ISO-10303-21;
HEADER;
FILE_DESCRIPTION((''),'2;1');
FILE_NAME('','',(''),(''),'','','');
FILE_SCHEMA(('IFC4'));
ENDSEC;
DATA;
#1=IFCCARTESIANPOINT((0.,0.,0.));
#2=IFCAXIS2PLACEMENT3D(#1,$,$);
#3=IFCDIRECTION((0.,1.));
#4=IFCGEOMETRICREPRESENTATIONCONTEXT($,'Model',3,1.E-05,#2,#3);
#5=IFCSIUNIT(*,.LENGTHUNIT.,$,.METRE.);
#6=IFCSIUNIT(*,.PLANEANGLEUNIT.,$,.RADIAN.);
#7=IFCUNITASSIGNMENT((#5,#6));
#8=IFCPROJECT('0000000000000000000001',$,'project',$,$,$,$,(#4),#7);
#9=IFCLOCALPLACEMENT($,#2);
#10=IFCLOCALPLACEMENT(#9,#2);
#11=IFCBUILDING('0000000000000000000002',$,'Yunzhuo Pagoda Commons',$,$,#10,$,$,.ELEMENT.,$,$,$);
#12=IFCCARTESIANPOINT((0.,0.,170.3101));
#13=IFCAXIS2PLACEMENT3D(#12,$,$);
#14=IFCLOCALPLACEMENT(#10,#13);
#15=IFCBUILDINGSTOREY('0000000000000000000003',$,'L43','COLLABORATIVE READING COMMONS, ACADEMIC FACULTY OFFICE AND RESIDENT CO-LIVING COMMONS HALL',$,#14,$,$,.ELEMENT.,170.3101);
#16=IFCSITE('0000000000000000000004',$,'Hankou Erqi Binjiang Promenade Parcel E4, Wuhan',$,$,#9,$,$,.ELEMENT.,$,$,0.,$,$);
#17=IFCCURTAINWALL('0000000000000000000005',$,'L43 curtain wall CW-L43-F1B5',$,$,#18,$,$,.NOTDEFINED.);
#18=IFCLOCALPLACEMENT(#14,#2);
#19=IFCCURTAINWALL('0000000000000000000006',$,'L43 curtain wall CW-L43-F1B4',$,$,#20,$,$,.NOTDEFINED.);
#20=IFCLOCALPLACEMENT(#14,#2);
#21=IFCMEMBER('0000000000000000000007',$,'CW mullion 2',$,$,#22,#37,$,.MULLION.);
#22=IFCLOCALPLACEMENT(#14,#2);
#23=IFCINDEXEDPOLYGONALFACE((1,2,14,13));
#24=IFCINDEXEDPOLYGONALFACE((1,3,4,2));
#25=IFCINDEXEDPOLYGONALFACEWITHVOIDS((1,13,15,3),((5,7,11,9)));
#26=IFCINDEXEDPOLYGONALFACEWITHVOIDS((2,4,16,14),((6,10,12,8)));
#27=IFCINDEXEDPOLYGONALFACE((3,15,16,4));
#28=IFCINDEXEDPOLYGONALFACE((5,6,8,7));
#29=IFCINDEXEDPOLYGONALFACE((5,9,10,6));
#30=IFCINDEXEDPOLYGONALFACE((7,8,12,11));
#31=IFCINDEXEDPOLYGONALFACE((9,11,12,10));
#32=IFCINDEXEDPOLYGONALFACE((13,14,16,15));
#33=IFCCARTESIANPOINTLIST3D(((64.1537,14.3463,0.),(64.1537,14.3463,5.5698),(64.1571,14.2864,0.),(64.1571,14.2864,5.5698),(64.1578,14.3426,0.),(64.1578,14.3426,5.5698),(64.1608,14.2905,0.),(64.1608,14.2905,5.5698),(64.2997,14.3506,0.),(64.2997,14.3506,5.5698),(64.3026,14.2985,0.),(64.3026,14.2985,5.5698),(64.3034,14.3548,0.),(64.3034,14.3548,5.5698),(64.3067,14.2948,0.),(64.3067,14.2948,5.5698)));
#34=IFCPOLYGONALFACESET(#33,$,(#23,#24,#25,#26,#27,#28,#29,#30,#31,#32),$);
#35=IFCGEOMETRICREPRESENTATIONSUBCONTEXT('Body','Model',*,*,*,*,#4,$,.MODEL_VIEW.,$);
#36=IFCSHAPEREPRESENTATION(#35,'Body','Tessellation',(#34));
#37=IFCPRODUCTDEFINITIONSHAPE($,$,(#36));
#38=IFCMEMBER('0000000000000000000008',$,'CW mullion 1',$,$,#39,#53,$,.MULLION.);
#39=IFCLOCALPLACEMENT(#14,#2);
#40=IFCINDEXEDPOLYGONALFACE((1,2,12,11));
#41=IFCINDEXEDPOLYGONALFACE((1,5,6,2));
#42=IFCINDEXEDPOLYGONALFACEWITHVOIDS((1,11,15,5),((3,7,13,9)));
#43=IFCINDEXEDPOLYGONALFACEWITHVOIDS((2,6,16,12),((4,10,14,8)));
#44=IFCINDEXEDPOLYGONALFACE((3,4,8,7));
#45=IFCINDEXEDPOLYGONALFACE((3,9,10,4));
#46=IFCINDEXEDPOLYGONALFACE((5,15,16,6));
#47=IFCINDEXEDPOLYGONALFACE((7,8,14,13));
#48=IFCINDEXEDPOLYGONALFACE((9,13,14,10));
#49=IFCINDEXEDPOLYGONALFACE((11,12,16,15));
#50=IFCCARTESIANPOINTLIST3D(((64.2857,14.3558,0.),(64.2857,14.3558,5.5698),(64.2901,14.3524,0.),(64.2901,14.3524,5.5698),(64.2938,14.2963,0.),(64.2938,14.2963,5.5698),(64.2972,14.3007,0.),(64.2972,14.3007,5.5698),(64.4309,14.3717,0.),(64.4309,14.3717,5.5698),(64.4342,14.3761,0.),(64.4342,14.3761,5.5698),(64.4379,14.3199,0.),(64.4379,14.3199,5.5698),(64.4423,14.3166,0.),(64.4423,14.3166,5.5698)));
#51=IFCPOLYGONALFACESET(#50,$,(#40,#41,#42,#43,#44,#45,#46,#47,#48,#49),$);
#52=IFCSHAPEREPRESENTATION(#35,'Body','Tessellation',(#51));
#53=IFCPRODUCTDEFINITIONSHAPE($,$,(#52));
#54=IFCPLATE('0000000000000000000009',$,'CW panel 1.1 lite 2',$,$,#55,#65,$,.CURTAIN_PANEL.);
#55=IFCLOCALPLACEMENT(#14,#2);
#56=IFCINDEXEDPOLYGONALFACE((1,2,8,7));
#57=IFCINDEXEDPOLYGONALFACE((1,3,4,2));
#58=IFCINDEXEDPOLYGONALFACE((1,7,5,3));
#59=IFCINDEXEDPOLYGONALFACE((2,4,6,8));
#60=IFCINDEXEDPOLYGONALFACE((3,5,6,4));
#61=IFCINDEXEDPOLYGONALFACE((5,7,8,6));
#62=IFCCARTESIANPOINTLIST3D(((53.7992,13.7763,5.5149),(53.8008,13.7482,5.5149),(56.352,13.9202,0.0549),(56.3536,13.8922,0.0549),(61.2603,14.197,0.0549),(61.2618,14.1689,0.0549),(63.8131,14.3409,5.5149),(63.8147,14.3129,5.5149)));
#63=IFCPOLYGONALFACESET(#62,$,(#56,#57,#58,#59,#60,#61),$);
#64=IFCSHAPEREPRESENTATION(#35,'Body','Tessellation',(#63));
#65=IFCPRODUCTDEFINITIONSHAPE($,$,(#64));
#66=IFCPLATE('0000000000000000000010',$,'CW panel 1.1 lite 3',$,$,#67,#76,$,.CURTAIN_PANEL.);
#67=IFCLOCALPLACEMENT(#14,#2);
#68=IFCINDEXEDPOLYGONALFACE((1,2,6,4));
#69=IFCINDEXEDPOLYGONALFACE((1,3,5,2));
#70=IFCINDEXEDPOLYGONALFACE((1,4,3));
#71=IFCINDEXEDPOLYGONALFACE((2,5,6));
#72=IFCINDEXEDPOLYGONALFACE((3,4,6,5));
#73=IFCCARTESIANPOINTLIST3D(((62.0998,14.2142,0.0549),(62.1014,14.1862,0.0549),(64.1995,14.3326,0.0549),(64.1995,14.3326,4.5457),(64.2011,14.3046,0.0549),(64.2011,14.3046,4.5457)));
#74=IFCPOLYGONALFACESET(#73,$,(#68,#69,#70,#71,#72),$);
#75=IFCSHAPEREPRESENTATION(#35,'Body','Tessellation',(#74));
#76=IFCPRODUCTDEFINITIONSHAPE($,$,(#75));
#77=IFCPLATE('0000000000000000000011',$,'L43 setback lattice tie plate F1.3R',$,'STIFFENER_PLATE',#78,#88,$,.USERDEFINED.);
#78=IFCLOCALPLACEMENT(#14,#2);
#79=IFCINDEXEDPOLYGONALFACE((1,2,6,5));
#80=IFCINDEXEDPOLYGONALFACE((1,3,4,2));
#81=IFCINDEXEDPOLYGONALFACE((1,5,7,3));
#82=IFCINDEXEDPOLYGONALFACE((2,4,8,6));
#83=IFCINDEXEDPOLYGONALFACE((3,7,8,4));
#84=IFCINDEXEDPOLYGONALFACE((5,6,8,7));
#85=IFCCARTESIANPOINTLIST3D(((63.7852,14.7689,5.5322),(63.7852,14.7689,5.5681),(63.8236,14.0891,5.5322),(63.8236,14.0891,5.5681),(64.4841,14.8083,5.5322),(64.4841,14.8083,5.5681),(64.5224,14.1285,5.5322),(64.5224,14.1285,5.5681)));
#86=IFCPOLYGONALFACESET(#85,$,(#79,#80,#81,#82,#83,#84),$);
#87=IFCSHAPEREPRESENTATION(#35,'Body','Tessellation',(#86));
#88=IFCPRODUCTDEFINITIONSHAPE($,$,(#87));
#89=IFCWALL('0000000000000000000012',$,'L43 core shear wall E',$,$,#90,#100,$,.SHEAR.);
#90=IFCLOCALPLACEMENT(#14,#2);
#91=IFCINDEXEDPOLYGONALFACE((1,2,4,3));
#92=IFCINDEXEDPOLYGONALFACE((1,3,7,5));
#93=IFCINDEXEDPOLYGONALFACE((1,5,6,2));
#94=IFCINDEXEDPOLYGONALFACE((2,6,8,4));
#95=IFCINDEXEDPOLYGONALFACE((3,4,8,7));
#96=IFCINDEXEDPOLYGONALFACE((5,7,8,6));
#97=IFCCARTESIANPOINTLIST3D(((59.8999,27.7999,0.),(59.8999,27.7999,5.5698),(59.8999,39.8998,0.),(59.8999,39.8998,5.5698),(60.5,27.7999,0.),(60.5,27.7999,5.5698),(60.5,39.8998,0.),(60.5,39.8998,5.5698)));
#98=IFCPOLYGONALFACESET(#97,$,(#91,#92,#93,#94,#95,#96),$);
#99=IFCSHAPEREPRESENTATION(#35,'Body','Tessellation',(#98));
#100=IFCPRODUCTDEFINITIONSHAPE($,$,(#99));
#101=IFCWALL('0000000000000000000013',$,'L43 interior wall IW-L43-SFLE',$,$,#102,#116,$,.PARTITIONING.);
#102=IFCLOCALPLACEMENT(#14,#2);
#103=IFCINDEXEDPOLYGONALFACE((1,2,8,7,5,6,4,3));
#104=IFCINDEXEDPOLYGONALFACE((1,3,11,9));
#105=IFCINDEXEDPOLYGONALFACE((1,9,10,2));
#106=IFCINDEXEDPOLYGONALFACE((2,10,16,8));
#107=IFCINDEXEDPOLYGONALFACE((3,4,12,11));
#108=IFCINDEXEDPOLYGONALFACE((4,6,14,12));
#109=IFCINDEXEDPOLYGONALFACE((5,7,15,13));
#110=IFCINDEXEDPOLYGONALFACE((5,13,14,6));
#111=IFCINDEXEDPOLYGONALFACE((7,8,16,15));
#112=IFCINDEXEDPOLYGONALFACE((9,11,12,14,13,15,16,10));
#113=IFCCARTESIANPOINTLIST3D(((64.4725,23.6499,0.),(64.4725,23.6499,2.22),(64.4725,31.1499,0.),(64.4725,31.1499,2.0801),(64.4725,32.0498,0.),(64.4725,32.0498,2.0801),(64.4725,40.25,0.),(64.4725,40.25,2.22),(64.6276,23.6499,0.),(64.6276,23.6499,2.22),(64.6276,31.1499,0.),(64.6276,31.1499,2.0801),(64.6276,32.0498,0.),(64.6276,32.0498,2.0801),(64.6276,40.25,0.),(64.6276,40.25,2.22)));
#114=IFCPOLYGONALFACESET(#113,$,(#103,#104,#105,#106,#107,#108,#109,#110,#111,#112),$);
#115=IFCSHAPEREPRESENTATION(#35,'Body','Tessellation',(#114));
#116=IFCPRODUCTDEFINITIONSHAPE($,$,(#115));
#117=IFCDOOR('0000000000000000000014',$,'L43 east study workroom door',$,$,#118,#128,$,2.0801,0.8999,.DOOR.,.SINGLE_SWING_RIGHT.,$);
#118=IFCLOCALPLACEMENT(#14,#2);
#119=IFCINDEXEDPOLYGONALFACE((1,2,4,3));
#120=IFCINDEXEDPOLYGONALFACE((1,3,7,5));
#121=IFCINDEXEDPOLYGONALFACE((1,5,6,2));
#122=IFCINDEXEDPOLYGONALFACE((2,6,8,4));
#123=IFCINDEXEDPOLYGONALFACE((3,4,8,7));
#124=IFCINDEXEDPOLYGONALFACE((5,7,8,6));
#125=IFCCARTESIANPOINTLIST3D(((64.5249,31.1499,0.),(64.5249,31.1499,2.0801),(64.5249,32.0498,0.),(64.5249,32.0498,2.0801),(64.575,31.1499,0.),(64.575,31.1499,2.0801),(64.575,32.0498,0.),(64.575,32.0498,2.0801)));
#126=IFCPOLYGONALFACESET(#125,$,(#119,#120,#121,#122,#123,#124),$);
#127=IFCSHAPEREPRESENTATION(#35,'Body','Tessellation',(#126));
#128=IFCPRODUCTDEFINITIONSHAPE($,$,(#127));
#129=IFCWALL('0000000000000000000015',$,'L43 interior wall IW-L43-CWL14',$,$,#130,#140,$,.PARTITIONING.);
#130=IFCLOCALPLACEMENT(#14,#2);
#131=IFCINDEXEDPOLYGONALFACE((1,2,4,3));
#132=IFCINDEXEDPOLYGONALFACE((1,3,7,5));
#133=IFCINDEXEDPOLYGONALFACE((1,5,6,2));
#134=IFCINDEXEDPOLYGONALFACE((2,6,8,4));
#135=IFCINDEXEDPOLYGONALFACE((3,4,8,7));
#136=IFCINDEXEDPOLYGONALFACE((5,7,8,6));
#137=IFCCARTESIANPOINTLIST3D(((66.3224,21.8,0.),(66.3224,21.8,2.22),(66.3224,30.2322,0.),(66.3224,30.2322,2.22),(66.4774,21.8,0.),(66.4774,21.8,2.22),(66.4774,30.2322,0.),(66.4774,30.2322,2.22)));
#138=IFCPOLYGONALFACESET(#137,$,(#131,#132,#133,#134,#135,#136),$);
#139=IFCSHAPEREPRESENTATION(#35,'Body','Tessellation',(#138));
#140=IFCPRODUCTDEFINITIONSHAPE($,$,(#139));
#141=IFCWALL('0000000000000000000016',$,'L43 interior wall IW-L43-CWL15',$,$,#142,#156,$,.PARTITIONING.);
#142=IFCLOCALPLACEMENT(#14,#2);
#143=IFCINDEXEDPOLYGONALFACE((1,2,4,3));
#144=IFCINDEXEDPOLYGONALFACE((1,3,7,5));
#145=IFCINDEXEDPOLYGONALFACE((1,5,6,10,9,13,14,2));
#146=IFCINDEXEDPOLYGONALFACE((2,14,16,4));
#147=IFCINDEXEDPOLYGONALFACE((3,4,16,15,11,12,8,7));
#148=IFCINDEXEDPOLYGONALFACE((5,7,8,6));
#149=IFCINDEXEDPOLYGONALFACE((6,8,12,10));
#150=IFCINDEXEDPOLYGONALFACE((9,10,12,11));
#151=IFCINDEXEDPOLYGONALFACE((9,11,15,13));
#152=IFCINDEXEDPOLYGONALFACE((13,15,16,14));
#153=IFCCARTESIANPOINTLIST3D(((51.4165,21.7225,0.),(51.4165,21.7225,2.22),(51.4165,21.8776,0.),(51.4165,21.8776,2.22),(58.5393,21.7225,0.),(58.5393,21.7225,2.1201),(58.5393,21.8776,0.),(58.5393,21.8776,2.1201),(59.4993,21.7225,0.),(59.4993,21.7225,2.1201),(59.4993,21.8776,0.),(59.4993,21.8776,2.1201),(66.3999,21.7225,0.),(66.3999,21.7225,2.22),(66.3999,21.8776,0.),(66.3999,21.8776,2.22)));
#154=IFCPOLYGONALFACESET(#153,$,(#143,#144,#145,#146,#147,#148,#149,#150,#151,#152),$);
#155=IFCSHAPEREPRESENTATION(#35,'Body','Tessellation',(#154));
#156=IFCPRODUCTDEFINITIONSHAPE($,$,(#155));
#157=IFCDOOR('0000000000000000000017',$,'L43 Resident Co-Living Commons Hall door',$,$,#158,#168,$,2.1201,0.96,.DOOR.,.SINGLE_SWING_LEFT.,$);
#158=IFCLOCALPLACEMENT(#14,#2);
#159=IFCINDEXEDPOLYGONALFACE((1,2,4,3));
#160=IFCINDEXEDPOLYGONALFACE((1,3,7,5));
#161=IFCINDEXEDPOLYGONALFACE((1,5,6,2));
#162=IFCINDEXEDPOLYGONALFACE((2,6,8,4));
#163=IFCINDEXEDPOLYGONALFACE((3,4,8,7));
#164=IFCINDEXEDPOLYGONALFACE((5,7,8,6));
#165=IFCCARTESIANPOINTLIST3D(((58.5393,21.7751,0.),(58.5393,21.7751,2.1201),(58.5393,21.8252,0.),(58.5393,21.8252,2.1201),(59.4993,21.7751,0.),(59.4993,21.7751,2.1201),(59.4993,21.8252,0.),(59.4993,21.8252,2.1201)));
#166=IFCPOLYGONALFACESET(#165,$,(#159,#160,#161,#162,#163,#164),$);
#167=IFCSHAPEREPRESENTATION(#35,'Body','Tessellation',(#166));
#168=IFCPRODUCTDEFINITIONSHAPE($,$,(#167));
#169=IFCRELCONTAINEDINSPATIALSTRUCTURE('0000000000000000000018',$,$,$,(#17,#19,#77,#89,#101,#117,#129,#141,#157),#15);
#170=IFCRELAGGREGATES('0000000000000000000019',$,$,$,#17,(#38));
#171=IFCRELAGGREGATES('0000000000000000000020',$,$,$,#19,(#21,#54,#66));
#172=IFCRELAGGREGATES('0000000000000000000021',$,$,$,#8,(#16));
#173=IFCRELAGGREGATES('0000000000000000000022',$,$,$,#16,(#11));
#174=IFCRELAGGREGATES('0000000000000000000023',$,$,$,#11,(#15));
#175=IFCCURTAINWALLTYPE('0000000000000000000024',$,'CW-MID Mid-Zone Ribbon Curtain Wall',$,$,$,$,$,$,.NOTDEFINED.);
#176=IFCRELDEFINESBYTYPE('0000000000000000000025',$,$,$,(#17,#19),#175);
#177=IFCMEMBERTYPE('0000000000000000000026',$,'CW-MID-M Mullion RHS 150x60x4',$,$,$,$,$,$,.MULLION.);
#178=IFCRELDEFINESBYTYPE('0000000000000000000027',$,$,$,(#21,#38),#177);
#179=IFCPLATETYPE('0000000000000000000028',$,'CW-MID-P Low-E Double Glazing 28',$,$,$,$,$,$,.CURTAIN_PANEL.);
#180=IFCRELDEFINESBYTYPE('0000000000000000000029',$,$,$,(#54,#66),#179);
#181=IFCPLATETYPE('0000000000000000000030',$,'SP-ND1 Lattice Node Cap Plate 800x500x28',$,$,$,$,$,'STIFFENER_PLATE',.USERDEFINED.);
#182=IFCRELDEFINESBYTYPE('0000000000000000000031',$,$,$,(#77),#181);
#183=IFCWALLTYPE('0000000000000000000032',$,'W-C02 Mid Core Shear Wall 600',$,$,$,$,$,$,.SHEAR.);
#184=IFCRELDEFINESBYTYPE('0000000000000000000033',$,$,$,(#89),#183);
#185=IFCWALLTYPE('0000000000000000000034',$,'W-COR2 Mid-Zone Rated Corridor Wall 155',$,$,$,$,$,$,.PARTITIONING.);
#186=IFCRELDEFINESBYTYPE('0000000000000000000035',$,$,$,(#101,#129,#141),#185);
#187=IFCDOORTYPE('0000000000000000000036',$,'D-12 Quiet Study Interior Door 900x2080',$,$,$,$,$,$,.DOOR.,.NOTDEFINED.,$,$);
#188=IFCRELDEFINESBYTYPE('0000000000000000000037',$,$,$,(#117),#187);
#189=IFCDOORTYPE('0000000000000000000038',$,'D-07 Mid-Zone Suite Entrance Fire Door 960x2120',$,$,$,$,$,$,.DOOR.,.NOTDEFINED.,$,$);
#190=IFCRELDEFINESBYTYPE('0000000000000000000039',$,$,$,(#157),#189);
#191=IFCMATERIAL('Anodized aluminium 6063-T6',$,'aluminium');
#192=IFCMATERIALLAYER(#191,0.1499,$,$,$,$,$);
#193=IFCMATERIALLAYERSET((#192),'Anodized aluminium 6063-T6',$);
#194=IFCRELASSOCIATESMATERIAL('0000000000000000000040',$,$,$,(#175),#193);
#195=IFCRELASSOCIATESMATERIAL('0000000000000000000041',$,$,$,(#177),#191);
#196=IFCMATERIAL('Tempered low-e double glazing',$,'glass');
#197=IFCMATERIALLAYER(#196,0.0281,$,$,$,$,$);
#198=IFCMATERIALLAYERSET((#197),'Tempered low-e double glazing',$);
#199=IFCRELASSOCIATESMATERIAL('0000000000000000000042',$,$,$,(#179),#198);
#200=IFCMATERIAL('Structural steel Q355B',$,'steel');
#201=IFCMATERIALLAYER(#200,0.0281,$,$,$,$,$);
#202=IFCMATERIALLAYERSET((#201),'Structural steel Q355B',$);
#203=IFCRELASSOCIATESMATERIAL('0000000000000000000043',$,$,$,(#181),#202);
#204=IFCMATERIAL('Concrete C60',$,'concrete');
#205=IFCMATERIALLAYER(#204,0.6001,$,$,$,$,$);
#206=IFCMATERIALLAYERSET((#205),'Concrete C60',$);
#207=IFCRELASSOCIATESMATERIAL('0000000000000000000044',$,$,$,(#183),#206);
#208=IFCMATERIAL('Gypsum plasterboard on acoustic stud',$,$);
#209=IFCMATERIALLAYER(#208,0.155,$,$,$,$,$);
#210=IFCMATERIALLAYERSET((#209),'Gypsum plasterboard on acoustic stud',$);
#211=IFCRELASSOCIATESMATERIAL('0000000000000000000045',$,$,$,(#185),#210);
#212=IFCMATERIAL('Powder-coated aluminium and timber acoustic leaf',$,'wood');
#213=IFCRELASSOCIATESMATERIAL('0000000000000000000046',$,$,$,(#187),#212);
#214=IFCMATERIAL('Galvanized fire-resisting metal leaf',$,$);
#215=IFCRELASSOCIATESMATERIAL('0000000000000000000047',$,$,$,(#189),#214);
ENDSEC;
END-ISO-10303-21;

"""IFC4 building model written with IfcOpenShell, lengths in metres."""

from ifc_helpers import new_model, si_unit, direction, frame, frame_2d, origin, origin_with_axes, origin_2d, place, context, subcontext, project, spatial, polyline, rectangle, hollow_rectangle, outline, extrude, source, transform, mapped, material, layer, layer_set, material_profile, profile_set, type_object, element, fill, aggregate, save


model = new_model("IFC4")

# Units and contexts
model_context = context("Model", 3, precision=1e-05, world=origin(), true_north=direction((0.0, 1.0)))
body_context = subcontext(model_context, "Body", "Model", "MODEL_VIEW")
ifc_project = project(units=[si_unit("LENGTHUNIT", "METRE"), si_unit("PLANEANGLEUNIT", "RADIAN")], contexts=[model_context])

# Site, building, storey
site_placement = place(None, origin())
site = spatial("IfcSite", under=ifc_project, at=site_placement, Name="Hankou Erqi Binjiang Promenade Parcel E4, Wuhan", CompositionType="ELEMENT", RefElevation=0.0)
building_placement = place(site_placement, origin())
building = spatial("IfcBuilding", under=site, at=building_placement, Name="Yunzhuo Pagoda Commons", CompositionType="ELEMENT")
storey_placement = place(building_placement, frame((0.0, 0.0, 170.3101)))
storey = spatial("IfcBuildingStorey", under=building, at=storey_placement, Name="L43", Description="COLLABORATIVE READING COMMONS, ACADEMIC FACULTY OFFICE AND RESIDENT CO-LIVING COMMONS HALL", CompositionType="ELEMENT", Elevation=170.3101)

# Shared definitions
ifc_material_1 = material(Name="Structural steel Q355B", Category="steel")

# Curtain wall
ifc_material_2 = material(Name="Anodized aluminium 6063-T6", Category="aluminium")
ifc_layer_1 = layer(ifc_material_2, 0.1499)
ifc_layer_set_1 = layer_set([ifc_layer_1], Name="Anodized aluminium 6063-T6")
curtain_wall_type = type_object("IfcCurtainWallType", Name="CW-MID Mid-Zone Ribbon Curtain Wall", PredefinedType="NOTDEFINED", material=ifc_layer_set_1)
curtain_wall_1_placement = place(storey_placement, origin())
curtain_wall_1 = element("IfcCurtainWall", 1, at=curtain_wall_1_placement, inside=storey, type_object=curtain_wall_type, Name="L43 curtain wall CW-L43-F1B5", PredefinedType="NOTDEFINED")

# Curtain wall, member
curtain_wall_2_placement = place(storey_placement, origin())
curtain_wall_2 = element("IfcCurtainWall", 2, at=curtain_wall_2_placement, inside=storey, type_object=curtain_wall_type, Name="L43 curtain wall CW-L43-F1B4", PredefinedType="NOTDEFINED")
ifc_material_profile_1 = material_profile(ifc_material_2, hollow_rectangle(XDim=0.0601, YDim=0.1499, WallThickness=0.0039, at=origin_2d()), Name="Anodized aluminium 6063-T6")
ifc_profile_set_1 = profile_set([ifc_material_profile_1], Name="Anodized aluminium 6063-T6")
member_type_1 = type_object("IfcMemberType", Name="CW-MID-M Mullion RHS 150x60x4", PredefinedType="MULLION", material=ifc_profile_set_1)
shared_shape_1 = source(origin(), body_context, "Body", "SweptSolid", [
    extrude(hollow_rectangle(XDim=0.0601, YDim=0.1499, WallThickness=0.0039, at=origin_2d()), origin(), (0.0, 0.0, 1.0), 5.5698),
])
member_1_placement = place(storey_placement, frame((64.2302, 14.3206, 0.0), z_axis=(0.0, 0.0, 1.0), x_axis=(-0.056299, 0.998414, 0.0)))
member_1 = element("IfcMember", 3, at=member_1_placement, type_object=member_type_1, Name="CW mullion 2", PredefinedType="MULLION", context=body_context, shape_type="MappedRepresentation", body=[
    mapped(shared_shape_1, transform((0.0, 0.0, 0.0), scale=1.0)),
])

# Member
member_2_placement = place(storey_placement, frame((64.364, 14.3362, 0.0), z_axis=(0.0, 0.0, 1.0), x_axis=(-0.135767, 0.990741, 0.0)))
member_2 = element("IfcMember", 4, at=member_2_placement, type_object=member_type_1, Name="CW mullion 1", PredefinedType="MULLION", context=body_context, shape_type="MappedRepresentation", body=[
    mapped(shared_shape_1, transform((0.0, 0.0, 0.0), scale=1.0)),
])
aggregate(curtain_wall_1, [member_2])

# Plates
ifc_material_3 = material(Name="Tempered low-e double glazing", Category="glass")
ifc_layer_2 = layer(ifc_material_3, 0.0281)
ifc_layer_set_2 = layer_set([ifc_layer_2], Name="Tempered low-e double glazing")
plate_type_1 = type_object("IfcPlateType", Name="CW-MID-P Low-E Double Glazing 28", PredefinedType="CURTAIN_PANEL", material=ifc_layer_set_2)
plate_1_placement = place(storey_placement, frame((58.8062, 14.0586, 2.7849), z_axis=(0.056299, -0.998414, 0.0), x_axis=(0.998414, 0.056299, 0.0)))
plate_1 = element("IfcPlate", 5, at=plate_1_placement, type_object=plate_type_1, Name="CW panel 1.1 lite 2", PredefinedType="CURTAIN_PANEL", context=body_context, shape_type="SweptSolid", body=[
    extrude(outline(polyline([(-5.0149, 2.73), (-2.458, -2.73), (2.458, -2.73), (5.0149, 2.73), (-5.0149, 2.73)])), origin(), (0.0, 0.0, 1.0), 0.0281),
])
plate_2_placement = place(storey_placement, frame((63.1497, 14.2734, 2.3003), z_axis=(0.056299, -0.998414, 0.0), x_axis=(0.998414, 0.056299, 0.0)))
plate_2 = element("IfcPlate", 6, at=plate_2_placement, type_object=plate_type_1, Name="CW panel 1.1 lite 3", PredefinedType="CURTAIN_PANEL", context=body_context, shape_type="SweptSolid", body=[
    extrude(outline(polyline([(-1.0515, -2.2454), (1.0515, -2.2454), (1.0515, 2.2454), (-1.0515, -2.2454)])), origin(), (0.0, 0.0, 1.0), 0.0281),
])
aggregate(curtain_wall_2, [member_1, plate_1, plate_2])
ifc_layer_3 = layer(ifc_material_1, 0.0281)
ifc_layer_set_3 = layer_set([ifc_layer_3], Name="Structural steel Q355B")
plate_type_2 = type_object("IfcPlateType", Name="SP-ND1 Lattice Node Cap Plate 800x500x28", ElementType="STIFFENER_PLATE", PredefinedType="USERDEFINED", material=ifc_layer_set_3)
shared_shape_2 = source(origin(), body_context, "Body", "SweptSolid", [
    extrude(rectangle(XDim=0.7, YDim=0.6809, at=origin_2d()), origin(), (0.0, 0.0, 1.0), 0.0359),
])
plate_3_placement = place(storey_placement, frame((64.1538, 14.4487, 5.5322), z_axis=(0.0, 0.0, 1.0), x_axis=(0.998414, 0.056292, 0.0)))
element("IfcPlate", 7, at=plate_3_placement, inside=storey, type_object=plate_type_2, Name="L43 setback lattice tie plate F1.3R", ObjectType="STIFFENER_PLATE", PredefinedType="USERDEFINED", context=body_context, shape_type="MappedRepresentation", body=[
    mapped(shared_shape_2, transform((0.0, 0.0, 0.0), scale=1.0)),
])

# Wall
ifc_material_4 = material(Name="Concrete C60", Category="concrete")
ifc_layer_4 = layer(ifc_material_4, 0.6001)
ifc_layer_set_4 = layer_set([ifc_layer_4], Name="Concrete C60")
wall_type_1 = type_object("IfcWallType", Name="W-C02 Mid Core Shear Wall 600", PredefinedType="SHEAR", material=ifc_layer_set_4)
wall_1_placement = place(storey_placement, frame((60.2, 27.8, 0.0), z_axis=(0.0, 0.0, 1.0), x_axis=(0.0, 1.0, 0.0)))
element("IfcWall", 8, at=wall_1_placement, inside=storey, type_object=wall_type_1, Name="L43 core shear wall E", PredefinedType="SHEAR", context=body_context, shape_type="SweptSolid", body=[
    extrude(rectangle(XDim=12.0999, YDim=0.6001, at=frame_2d((6.0498, 0.0))), origin(), (0.0, 0.0, 1.0), 5.5698),
])

# Wall, opening, door
ifc_material_5 = material(Name="Gypsum plasterboard on acoustic stud")
ifc_layer_5 = layer(ifc_material_5, 0.155)
ifc_layer_set_5 = layer_set([ifc_layer_5], Name="Gypsum plasterboard on acoustic stud")
wall_type_2 = type_object("IfcWallType", Name="W-COR2 Mid-Zone Rated Corridor Wall 155", PredefinedType="PARTITIONING", material=ifc_layer_set_5)
wall_2_placement = place(storey_placement, frame((64.55, 23.6499, 0.0), z_axis=(0.0, 0.0, 1.0), x_axis=(0.0, 1.0, 0.0)))
wall_2 = element("IfcWall", 9, at=wall_2_placement, inside=storey, type_object=wall_type_2, Name="L43 interior wall IW-L43-SFLE", PredefinedType="PARTITIONING", context=body_context, shape_type="SweptSolid", body=[
    extrude(rectangle(XDim=16.6001, YDim=0.155, at=frame_2d((8.3, 0.0))), origin(), (0.0, 0.0, 1.0), 2.22),
])
opening_1_placement = place(wall_2_placement, frame((7.5, 0.0, 0.0)))
opening_1 = element("IfcOpeningElement", 10, at=opening_1_placement, cuts=wall_2, PredefinedType="OPENING", context=body_context, shape_type="SweptSolid", body=[
    extrude(rectangle(XDim=0.8999, YDim=2.0801, at=frame_2d((0.45, 1.04))), frame((0.0, 0.0874, 0.0), z_axis=(0.0, -1.0, 0.0), x_axis=(1.0, 0.0, 0.0)), (0.0, 0.0, 1.0), 0.175),
])
ifc_material_6 = material(Name="Powder-coated aluminium and timber acoustic leaf", Category="wood")
door_type_1 = type_object("IfcDoorType", Name="D-12 Quiet Study Interior Door 900x2080", OperationType="NOTDEFINED", PredefinedType="DOOR", material=ifc_material_6)
shared_shape_3 = source(origin(), body_context, "Body", "SweptSolid", [
    extrude(rectangle(XDim=0.8999, YDim=2.0801, at=frame_2d((0.45, 1.04))), frame((0.0, 0.0249, 0.0), z_axis=(0.0, -1.0, 0.0), x_axis=(1.0, 0.0, 0.0)), (0.0, 0.0, 1.0), 0.05),
])
door_1_placement = place(opening_1_placement, frame((0.8999, 0.0, 0.0), z_axis=(0.0, 0.0, 1.0), x_axis=(-1.0, 0.0, 0.0)))
door_1 = element("IfcDoor", 11, at=door_1_placement, inside=storey, type_object=door_type_1, Name="L43 east study workroom door", OperationType="SINGLE_SWING_RIGHT", OverallHeight=2.0801, OverallWidth=0.8999, PredefinedType="DOOR", context=body_context, shape_type="MappedRepresentation", body=[
    mapped(shared_shape_3, transform((0.0, 0.0, 0.0), scale=1.0)),
])
fill(opening_1, door_1)

# Wall
wall_3_placement = place(storey_placement, frame((66.3999, 30.2322, 0.0), z_axis=(0.0, 0.0, 1.0), x_axis=(0.0, -1.0, 0.0)))
element("IfcWall", 12, at=wall_3_placement, inside=storey, type_object=wall_type_2, Name="L43 interior wall IW-L43-CWL14", PredefinedType="PARTITIONING", context=body_context, shape_type="SweptSolid", body=[
    extrude(rectangle(XDim=8.4321, YDim=0.155, at=frame_2d((4.2161, 0.0))), origin(), (0.0, 0.0, 1.0), 2.22),
])

# Wall, opening, door
wall_4_placement = place(storey_placement, frame((66.3999, 21.8, 0.0), z_axis=(0.0, 0.0, 1.0), x_axis=(-1.0, 0.0, 0.0)))
wall_4 = element("IfcWall", 13, at=wall_4_placement, inside=storey, type_object=wall_type_2, Name="L43 interior wall IW-L43-CWL15", PredefinedType="PARTITIONING", context=body_context, shape_type="SweptSolid", body=[
    extrude(rectangle(XDim=14.9834, YDim=0.155, at=frame_2d((7.4917, 0.0))), origin(), (0.0, 0.0, 1.0), 2.22),
])
opening_2_placement = place(wall_4_placement, frame((6.9006, 0.0, 0.0)))
opening_2 = element("IfcOpeningElement", 14, at=opening_2_placement, cuts=wall_4, PredefinedType="OPENING", context=body_context, shape_type="SweptSolid", body=[
    extrude(rectangle(XDim=0.96, YDim=2.1201, at=frame_2d((0.48, 1.0601))), frame((0.0, 0.0874, 0.0), z_axis=(0.0, -1.0, 0.0), x_axis=(1.0, 0.0, 0.0)), (0.0, 0.0, 1.0), 0.175),
])
ifc_material_7 = material(Name="Galvanized fire-resisting metal leaf")
door_type_2 = type_object("IfcDoorType", Name="D-07 Mid-Zone Suite Entrance Fire Door 960x2120", OperationType="NOTDEFINED", PredefinedType="DOOR", material=ifc_material_7)
shared_shape_4 = source(origin(), body_context, "Body", "SweptSolid", [
    extrude(rectangle(XDim=0.96, YDim=2.1201, at=frame_2d((0.48, 1.0601))), frame((0.0, 0.0249, 0.0), z_axis=(0.0, -1.0, 0.0), x_axis=(1.0, 0.0, 0.0)), (0.0, 0.0, 1.0), 0.05),
])
door_2_placement = place(opening_2_placement, origin_with_axes())
door_2 = element("IfcDoor", 15, at=door_2_placement, inside=storey, type_object=door_type_2, Name="L43 Resident Co-Living Commons Hall door", OperationType="SINGLE_SWING_LEFT", OverallHeight=2.1201, OverallWidth=0.96, PredefinedType="DOOR", context=body_context, shape_type="MappedRepresentation", body=[
    mapped(shared_shape_4, transform((0.0, 0.0, 0.0), scale=1.0)),
])
fill(opening_2, door_2)

save(model, "model.ifc")
